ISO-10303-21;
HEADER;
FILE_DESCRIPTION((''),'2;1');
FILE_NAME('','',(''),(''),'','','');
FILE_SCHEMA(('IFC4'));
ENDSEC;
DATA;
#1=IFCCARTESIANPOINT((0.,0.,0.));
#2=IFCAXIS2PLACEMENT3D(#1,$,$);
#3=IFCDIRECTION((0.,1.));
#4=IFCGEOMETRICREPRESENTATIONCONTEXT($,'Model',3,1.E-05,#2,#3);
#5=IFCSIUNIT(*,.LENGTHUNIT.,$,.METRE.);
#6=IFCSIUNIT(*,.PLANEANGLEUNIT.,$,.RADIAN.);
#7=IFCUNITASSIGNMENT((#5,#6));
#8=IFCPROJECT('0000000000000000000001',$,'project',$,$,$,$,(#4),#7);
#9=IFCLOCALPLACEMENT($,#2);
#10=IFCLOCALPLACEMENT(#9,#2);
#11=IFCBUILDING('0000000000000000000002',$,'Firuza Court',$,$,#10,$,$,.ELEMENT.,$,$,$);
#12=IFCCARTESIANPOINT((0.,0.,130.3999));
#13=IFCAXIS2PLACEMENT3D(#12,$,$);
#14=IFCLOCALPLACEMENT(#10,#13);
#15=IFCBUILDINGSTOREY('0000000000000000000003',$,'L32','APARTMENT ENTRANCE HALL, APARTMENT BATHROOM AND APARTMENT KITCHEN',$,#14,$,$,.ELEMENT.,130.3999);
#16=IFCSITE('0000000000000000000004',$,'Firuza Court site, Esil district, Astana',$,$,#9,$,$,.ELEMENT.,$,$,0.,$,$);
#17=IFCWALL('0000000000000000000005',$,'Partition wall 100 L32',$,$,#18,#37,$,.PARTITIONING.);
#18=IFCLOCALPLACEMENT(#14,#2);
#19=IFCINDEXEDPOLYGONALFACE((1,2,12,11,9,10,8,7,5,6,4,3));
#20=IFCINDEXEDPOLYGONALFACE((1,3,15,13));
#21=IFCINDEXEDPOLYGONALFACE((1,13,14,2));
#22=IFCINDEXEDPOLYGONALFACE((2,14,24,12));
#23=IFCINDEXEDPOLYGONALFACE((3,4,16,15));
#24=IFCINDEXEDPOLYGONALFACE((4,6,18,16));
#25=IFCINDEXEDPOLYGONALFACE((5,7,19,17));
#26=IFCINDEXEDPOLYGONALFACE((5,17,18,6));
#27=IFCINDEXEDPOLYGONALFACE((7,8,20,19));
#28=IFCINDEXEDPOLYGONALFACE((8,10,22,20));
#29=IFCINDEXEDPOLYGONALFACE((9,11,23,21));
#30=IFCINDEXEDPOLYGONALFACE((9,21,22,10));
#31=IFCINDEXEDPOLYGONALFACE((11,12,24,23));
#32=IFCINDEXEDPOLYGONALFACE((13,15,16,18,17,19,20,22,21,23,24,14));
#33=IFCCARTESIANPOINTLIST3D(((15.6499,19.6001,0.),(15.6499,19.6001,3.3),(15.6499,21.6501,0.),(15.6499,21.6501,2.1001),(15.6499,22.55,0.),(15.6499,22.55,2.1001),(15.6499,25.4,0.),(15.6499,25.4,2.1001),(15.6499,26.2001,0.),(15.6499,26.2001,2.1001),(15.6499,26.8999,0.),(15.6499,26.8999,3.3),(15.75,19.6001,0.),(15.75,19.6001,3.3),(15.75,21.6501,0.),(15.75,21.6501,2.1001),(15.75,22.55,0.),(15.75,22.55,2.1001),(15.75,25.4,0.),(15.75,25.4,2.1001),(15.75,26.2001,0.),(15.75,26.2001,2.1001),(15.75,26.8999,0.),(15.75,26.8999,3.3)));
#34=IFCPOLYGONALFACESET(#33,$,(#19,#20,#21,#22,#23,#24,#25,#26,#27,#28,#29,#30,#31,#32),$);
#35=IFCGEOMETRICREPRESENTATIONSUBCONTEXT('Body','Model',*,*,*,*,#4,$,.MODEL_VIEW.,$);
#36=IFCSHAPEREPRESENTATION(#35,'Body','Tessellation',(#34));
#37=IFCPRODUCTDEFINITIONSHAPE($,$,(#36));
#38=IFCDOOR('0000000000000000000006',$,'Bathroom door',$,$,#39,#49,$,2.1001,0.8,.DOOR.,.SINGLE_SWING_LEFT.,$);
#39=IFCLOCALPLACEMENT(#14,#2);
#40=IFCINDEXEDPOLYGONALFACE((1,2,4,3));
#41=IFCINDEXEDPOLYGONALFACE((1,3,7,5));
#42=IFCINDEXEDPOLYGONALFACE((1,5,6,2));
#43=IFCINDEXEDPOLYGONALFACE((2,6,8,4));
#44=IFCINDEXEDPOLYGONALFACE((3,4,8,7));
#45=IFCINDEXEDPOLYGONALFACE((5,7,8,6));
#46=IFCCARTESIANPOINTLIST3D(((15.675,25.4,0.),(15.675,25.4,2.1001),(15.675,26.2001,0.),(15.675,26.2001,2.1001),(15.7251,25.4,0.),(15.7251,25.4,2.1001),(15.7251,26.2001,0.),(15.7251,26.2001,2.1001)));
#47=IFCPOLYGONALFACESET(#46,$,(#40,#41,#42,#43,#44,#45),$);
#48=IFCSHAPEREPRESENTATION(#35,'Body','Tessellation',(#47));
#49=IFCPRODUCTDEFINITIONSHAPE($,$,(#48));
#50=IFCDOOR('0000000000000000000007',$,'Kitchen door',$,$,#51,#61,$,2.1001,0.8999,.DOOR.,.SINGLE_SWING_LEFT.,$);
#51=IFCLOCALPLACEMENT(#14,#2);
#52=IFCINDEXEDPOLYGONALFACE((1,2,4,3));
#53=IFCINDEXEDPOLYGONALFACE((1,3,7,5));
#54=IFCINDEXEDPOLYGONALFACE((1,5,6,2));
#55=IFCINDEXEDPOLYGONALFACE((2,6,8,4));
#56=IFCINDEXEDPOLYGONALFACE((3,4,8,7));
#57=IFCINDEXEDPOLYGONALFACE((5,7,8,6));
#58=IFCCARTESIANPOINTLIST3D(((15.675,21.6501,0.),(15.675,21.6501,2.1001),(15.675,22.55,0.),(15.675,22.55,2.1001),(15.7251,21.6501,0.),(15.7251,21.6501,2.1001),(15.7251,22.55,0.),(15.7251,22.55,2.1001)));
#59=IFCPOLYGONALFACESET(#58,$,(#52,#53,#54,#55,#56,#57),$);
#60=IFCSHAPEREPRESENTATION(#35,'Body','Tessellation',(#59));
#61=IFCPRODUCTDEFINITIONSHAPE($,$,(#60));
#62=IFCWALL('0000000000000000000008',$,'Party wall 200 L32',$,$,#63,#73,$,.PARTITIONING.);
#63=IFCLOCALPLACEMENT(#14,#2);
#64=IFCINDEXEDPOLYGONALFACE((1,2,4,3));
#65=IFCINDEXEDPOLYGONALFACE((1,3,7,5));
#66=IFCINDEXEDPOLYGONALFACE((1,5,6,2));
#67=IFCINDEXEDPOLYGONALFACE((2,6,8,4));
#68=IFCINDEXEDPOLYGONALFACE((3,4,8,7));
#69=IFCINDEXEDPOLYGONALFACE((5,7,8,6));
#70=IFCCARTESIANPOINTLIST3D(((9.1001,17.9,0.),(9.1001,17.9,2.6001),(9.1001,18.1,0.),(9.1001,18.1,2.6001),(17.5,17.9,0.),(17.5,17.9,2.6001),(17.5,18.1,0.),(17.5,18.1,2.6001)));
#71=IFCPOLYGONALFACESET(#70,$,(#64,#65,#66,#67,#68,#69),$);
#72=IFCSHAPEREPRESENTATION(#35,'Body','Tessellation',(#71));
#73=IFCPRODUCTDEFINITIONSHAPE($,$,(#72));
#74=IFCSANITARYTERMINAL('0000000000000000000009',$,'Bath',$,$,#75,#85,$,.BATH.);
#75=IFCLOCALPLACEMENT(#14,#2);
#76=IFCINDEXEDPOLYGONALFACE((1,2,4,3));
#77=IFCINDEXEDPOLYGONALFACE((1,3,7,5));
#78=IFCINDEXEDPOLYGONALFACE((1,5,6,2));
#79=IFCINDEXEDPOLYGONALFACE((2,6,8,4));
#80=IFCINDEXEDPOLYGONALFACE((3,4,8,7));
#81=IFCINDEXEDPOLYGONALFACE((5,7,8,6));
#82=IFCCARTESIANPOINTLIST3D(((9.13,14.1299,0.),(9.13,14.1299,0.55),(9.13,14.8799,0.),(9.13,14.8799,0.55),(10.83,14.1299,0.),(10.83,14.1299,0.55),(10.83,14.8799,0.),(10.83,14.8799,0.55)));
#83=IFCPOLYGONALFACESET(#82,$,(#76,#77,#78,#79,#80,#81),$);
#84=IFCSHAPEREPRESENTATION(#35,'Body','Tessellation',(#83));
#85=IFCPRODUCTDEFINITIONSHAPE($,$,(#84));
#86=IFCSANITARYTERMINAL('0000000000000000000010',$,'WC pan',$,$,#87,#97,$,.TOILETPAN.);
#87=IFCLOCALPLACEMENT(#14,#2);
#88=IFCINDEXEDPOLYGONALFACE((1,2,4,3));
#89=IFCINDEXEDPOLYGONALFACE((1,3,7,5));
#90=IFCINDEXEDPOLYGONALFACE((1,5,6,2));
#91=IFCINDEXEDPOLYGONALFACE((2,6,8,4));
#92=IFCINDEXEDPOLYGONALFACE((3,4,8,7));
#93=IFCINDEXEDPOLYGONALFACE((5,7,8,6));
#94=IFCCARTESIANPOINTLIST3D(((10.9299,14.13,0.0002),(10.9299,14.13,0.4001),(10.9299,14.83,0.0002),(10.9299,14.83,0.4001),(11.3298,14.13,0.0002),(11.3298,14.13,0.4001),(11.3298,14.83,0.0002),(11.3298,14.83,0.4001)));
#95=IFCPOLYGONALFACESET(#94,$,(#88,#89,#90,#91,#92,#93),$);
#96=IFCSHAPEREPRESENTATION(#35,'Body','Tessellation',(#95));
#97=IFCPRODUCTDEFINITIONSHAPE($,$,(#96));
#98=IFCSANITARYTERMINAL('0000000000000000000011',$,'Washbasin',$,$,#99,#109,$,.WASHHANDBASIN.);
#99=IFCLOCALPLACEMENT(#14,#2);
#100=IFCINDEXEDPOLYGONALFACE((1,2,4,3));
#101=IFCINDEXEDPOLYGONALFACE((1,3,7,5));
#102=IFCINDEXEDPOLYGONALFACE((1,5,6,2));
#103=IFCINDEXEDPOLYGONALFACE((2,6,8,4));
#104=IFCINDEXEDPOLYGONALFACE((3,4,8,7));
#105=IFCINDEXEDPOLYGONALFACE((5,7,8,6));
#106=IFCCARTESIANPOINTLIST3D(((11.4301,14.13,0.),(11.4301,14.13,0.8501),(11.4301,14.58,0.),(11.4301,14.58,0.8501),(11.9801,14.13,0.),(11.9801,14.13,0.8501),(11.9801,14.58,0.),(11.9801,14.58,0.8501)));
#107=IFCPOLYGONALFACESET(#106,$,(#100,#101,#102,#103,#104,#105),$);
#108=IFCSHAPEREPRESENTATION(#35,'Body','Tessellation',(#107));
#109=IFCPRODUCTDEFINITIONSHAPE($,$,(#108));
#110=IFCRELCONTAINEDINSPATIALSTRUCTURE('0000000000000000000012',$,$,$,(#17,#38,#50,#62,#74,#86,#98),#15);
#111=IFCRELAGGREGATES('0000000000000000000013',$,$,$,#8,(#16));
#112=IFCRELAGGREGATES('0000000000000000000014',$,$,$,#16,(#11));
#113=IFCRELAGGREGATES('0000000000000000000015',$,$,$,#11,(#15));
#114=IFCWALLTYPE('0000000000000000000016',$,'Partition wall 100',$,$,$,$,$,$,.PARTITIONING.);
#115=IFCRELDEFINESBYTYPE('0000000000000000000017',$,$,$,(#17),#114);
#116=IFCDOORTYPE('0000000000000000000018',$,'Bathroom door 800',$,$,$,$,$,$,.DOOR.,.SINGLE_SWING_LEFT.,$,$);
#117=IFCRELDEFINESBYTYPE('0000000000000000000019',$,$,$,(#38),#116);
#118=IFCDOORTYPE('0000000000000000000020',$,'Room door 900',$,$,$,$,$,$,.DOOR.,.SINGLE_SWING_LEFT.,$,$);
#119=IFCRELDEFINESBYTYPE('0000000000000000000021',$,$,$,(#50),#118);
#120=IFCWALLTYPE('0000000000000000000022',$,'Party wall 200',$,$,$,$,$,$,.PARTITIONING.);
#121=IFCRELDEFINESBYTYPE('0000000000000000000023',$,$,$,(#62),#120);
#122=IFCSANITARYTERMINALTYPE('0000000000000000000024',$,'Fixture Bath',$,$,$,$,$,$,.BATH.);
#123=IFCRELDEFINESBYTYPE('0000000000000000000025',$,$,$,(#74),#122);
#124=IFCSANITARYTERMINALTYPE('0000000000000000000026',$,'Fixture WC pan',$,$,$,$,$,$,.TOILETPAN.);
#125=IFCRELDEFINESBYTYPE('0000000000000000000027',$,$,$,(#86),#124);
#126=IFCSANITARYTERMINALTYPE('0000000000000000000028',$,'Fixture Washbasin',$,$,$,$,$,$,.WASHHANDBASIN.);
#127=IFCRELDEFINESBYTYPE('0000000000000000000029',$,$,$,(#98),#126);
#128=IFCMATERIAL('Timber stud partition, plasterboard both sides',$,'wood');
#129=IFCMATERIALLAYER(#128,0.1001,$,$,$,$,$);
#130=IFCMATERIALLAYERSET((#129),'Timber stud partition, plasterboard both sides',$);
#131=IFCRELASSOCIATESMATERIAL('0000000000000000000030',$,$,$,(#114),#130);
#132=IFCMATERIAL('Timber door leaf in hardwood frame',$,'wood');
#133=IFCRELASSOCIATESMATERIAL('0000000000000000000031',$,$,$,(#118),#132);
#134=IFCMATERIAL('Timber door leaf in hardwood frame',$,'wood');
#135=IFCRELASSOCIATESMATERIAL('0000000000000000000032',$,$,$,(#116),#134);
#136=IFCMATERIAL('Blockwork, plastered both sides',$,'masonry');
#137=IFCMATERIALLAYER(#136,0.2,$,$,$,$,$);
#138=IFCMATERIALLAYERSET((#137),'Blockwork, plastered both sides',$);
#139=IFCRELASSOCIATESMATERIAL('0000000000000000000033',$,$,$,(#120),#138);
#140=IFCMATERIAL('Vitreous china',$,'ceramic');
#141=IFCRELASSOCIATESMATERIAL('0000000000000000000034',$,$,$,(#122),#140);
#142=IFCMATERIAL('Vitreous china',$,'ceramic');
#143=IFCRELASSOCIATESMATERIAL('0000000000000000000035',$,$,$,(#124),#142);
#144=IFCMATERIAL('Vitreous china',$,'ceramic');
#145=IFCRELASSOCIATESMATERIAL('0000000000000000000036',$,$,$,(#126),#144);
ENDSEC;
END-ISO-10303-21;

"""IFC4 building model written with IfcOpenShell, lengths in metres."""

from ifc_helpers import new_model, si_unit, direction, frame, frame_2d, origin, origin_2d, place, context, subcontext, project, spatial, rectangle, extrude, material, layer, layer_set, type_object, element, fill, save


model = new_model("IFC4")

# Units and contexts
model_context = context("Model", 3, precision=1e-05, world=origin(), true_north=direction((0.0, 1.0)))
body_context = subcontext(model_context, "Body", "Model", "MODEL_VIEW")
ifc_project = project(units=[si_unit("LENGTHUNIT", "METRE"), si_unit("PLANEANGLEUNIT", "RADIAN")], contexts=[model_context])

# Site, building, storey
site_placement = place(None, origin())
site = spatial("IfcSite", under=ifc_project, at=site_placement, Name="Firuza Court site, Esil district, Astana", CompositionType="ELEMENT", RefElevation=0.0)
building_placement = place(site_placement, origin())
building = spatial("IfcBuilding", under=site, at=building_placement, Name="Firuza Court", CompositionType="ELEMENT")
storey_placement = place(building_placement, frame((0.0, 0.0, 130.3999)))
storey = spatial("IfcBuildingStorey", under=building, at=storey_placement, Name="L32", Description="APARTMENT ENTRANCE HALL, APARTMENT BATHROOM AND APARTMENT KITCHEN", CompositionType="ELEMENT", Elevation=130.3999)

# Shared definitions
ifc_material_1 = material(Name="Timber stud partition, plasterboard both sides", Category="wood")
ifc_layer_1 = layer(ifc_material_1, 0.1001)
ifc_layer_set_1 = layer_set([ifc_layer_1], Name="Timber stud partition, plasterboard both sides")
wall_type_1 = type_object("IfcWallType", Name="Partition wall 100", PredefinedType="PARTITIONING", material=ifc_layer_set_1)
ifc_material_2 = material(Name="Timber door leaf in hardwood frame", Category="wood")
door_type_1 = type_object("IfcDoorType", Name="Room door 900", OperationType="SINGLE_SWING_LEFT", PredefinedType="DOOR", material=ifc_material_2)

# Wall, openings, doors
wall_1_placement = place(storey_placement, frame((15.7, 19.6001, 0.0), z_axis=(0.0, 0.0, 1.0), x_axis=(0.0, 1.0, 0.0)))
wall_1 = element("IfcWall", 1, at=wall_1_placement, inside=storey, type_object=wall_type_1, Name="Partition wall 100 L32", PredefinedType="PARTITIONING", context=body_context, shape_type="SweptSolid", body=[
    extrude(rectangle(XDim=7.2998, YDim=0.1001, at=frame_2d((3.6499, 0.0))), origin(), (0.0, 0.0, 1.0), 3.3),
])
opening_1_placement = place(wall_1_placement, frame((5.8, 0.0, 0.0)))
opening_1 = element("IfcOpeningElement", 2, at=opening_1_placement, cuts=wall_1, PredefinedType="OPENING", context=body_context, shape_type="SweptSolid", body=[
    extrude(rectangle(XDim=0.8, YDim=2.1001, at=frame_2d((0.3999, 1.05))), frame((0.0, 0.062, 0.0), z_axis=(0.0, -1.0, 0.0), x_axis=(1.0, 0.0, 0.0)), (0.0, 0.0, 1.0), 0.124),
])
opening_2_placement = place(wall_1_placement, frame((2.05, 0.0, 0.0)))
opening_2 = element("IfcOpeningElement", 3, at=opening_2_placement, cuts=wall_1, PredefinedType="OPENING", context=body_context, shape_type="SweptSolid", body=[
    extrude(rectangle(XDim=0.8999, YDim=2.1001, at=frame_2d((0.45, 1.05))), frame((0.0, 0.062, 0.0), z_axis=(0.0, -1.0, 0.0), x_axis=(1.0, 0.0, 0.0)), (0.0, 0.0, 1.0), 0.124),
])
ifc_material_3 = material(Name="Timber door leaf in hardwood frame", Category="wood")
door_type_2 = type_object("IfcDoorType", Name="Bathroom door 800", OperationType="SINGLE_SWING_LEFT", PredefinedType="DOOR", material=ifc_material_3)
door_1_placement = place(opening_1_placement, origin())
door_1 = element("IfcDoor", 4, at=door_1_placement, inside=storey, type_object=door_type_2, Name="Bathroom door", OperationType="SINGLE_SWING_LEFT", OverallHeight=2.1001, OverallWidth=0.8, PredefinedType="DOOR", context=body_context, shape_type="SweptSolid", body=[
    extrude(rectangle(XDim=0.8, YDim=2.1001, at=frame_2d((0.3999, 1.05))), frame((0.0, 0.0249, 0.0), z_axis=(0.0, -1.0, 0.0), x_axis=(1.0, 0.0, 0.0)), (0.0, 0.0, 1.0), 0.05),
])
fill(opening_1, door_1)
door_2_placement = place(opening_2_placement, origin())
door_2 = element("IfcDoor", 5, at=door_2_placement, inside=storey, type_object=door_type_1, Name="Kitchen door", OperationType="SINGLE_SWING_LEFT", OverallHeight=2.1001, OverallWidth=0.8999, PredefinedType="DOOR", context=body_context, shape_type="SweptSolid", body=[
    extrude(rectangle(XDim=0.8999, YDim=2.1001, at=frame_2d((0.45, 1.05))), frame((0.0, 0.0249, 0.0), z_axis=(0.0, -1.0, 0.0), x_axis=(1.0, 0.0, 0.0)), (0.0, 0.0, 1.0), 0.05),
])
fill(opening_2, door_2)

# Wall
ifc_material_4 = material(Name="Blockwork, plastered both sides", Category="masonry")
ifc_layer_2 = layer(ifc_material_4, 0.2)
ifc_layer_set_2 = layer_set([ifc_layer_2], Name="Blockwork, plastered both sides")
wall_type_2 = type_object("IfcWallType", Name="Party wall 200", PredefinedType="PARTITIONING", material=ifc_layer_set_2)
wall_2_placement = place(storey_placement, frame((9.1001, 18.0, 0.0), z_axis=(0.0, 0.0, 1.0), x_axis=(1.0, 0.0, 0.0)))
element("IfcWall", 6, at=wall_2_placement, inside=storey, type_object=wall_type_2, Name="Party wall 200 L32", PredefinedType="PARTITIONING", context=body_context, shape_type="SweptSolid", body=[
    extrude(rectangle(XDim=8.3999, YDim=0.2, at=frame_2d((4.2, 0.0))), origin(), (0.0, 0.0, 1.0), 2.6001),
])

# Sanitary terminals
ifc_material_5 = material(Name="Vitreous china", Category="ceramic")
sanitary_terminal_type_1 = type_object("IfcSanitaryTerminalType", Name="Fixture Bath", PredefinedType="BATH", material=ifc_material_5)
sanitary_terminal_1_placement = place(storey_placement, frame((9.98, 14.5049, 0.0), z_axis=(0.0, 0.0, 1.0), x_axis=(1.0, 0.0, 0.0)))
element("IfcSanitaryTerminal", 7, at=sanitary_terminal_1_placement, inside=storey, type_object=sanitary_terminal_type_1, Name="Bath", PredefinedType="BATH", context=body_context, shape_type="SweptSolid", body=[
    extrude(rectangle(XDim=1.7, YDim=0.75, at=origin_2d()), origin(), (0.0, 0.0, 1.0), 0.55),
])
ifc_material_6 = material(Name="Vitreous china", Category="ceramic")
sanitary_terminal_type_2 = type_object("IfcSanitaryTerminalType", Name="Fixture WC pan", PredefinedType="TOILETPAN", material=ifc_material_6)
sanitary_terminal_2_placement = place(storey_placement, frame((11.1299, 14.48, 0.0002), z_axis=(0.0, 0.0, 1.0), x_axis=(1.0, 0.0, 0.0)))
element("IfcSanitaryTerminal", 8, at=sanitary_terminal_2_placement, inside=storey, type_object=sanitary_terminal_type_2, Name="WC pan", PredefinedType="TOILETPAN", context=body_context, shape_type="SweptSolid", body=[
    extrude(rectangle(XDim=0.3999, YDim=0.7, at=origin_2d()), origin(), (0.0, 0.0, 1.0), 0.3999),
])
ifc_material_7 = material(Name="Vitreous china", Category="ceramic")
sanitary_terminal_type_3 = type_object("IfcSanitaryTerminalType", Name="Fixture Washbasin", PredefinedType="WASHHANDBASIN", material=ifc_material_7)
sanitary_terminal_3_placement = place(storey_placement, frame((11.7051, 14.355, 0.0), z_axis=(0.0, 0.0, 1.0), x_axis=(1.0, 0.0, 0.0)))
element("IfcSanitaryTerminal", 9, at=sanitary_terminal_3_placement, inside=storey, type_object=sanitary_terminal_type_3, Name="Washbasin", PredefinedType="WASHHANDBASIN", context=body_context, shape_type="SweptSolid", body=[
    extrude(rectangle(XDim=0.55, YDim=0.45, at=origin_2d()), origin(), (0.0, 0.0, 1.0), 0.8501),
])

save(model, "model.ifc")
